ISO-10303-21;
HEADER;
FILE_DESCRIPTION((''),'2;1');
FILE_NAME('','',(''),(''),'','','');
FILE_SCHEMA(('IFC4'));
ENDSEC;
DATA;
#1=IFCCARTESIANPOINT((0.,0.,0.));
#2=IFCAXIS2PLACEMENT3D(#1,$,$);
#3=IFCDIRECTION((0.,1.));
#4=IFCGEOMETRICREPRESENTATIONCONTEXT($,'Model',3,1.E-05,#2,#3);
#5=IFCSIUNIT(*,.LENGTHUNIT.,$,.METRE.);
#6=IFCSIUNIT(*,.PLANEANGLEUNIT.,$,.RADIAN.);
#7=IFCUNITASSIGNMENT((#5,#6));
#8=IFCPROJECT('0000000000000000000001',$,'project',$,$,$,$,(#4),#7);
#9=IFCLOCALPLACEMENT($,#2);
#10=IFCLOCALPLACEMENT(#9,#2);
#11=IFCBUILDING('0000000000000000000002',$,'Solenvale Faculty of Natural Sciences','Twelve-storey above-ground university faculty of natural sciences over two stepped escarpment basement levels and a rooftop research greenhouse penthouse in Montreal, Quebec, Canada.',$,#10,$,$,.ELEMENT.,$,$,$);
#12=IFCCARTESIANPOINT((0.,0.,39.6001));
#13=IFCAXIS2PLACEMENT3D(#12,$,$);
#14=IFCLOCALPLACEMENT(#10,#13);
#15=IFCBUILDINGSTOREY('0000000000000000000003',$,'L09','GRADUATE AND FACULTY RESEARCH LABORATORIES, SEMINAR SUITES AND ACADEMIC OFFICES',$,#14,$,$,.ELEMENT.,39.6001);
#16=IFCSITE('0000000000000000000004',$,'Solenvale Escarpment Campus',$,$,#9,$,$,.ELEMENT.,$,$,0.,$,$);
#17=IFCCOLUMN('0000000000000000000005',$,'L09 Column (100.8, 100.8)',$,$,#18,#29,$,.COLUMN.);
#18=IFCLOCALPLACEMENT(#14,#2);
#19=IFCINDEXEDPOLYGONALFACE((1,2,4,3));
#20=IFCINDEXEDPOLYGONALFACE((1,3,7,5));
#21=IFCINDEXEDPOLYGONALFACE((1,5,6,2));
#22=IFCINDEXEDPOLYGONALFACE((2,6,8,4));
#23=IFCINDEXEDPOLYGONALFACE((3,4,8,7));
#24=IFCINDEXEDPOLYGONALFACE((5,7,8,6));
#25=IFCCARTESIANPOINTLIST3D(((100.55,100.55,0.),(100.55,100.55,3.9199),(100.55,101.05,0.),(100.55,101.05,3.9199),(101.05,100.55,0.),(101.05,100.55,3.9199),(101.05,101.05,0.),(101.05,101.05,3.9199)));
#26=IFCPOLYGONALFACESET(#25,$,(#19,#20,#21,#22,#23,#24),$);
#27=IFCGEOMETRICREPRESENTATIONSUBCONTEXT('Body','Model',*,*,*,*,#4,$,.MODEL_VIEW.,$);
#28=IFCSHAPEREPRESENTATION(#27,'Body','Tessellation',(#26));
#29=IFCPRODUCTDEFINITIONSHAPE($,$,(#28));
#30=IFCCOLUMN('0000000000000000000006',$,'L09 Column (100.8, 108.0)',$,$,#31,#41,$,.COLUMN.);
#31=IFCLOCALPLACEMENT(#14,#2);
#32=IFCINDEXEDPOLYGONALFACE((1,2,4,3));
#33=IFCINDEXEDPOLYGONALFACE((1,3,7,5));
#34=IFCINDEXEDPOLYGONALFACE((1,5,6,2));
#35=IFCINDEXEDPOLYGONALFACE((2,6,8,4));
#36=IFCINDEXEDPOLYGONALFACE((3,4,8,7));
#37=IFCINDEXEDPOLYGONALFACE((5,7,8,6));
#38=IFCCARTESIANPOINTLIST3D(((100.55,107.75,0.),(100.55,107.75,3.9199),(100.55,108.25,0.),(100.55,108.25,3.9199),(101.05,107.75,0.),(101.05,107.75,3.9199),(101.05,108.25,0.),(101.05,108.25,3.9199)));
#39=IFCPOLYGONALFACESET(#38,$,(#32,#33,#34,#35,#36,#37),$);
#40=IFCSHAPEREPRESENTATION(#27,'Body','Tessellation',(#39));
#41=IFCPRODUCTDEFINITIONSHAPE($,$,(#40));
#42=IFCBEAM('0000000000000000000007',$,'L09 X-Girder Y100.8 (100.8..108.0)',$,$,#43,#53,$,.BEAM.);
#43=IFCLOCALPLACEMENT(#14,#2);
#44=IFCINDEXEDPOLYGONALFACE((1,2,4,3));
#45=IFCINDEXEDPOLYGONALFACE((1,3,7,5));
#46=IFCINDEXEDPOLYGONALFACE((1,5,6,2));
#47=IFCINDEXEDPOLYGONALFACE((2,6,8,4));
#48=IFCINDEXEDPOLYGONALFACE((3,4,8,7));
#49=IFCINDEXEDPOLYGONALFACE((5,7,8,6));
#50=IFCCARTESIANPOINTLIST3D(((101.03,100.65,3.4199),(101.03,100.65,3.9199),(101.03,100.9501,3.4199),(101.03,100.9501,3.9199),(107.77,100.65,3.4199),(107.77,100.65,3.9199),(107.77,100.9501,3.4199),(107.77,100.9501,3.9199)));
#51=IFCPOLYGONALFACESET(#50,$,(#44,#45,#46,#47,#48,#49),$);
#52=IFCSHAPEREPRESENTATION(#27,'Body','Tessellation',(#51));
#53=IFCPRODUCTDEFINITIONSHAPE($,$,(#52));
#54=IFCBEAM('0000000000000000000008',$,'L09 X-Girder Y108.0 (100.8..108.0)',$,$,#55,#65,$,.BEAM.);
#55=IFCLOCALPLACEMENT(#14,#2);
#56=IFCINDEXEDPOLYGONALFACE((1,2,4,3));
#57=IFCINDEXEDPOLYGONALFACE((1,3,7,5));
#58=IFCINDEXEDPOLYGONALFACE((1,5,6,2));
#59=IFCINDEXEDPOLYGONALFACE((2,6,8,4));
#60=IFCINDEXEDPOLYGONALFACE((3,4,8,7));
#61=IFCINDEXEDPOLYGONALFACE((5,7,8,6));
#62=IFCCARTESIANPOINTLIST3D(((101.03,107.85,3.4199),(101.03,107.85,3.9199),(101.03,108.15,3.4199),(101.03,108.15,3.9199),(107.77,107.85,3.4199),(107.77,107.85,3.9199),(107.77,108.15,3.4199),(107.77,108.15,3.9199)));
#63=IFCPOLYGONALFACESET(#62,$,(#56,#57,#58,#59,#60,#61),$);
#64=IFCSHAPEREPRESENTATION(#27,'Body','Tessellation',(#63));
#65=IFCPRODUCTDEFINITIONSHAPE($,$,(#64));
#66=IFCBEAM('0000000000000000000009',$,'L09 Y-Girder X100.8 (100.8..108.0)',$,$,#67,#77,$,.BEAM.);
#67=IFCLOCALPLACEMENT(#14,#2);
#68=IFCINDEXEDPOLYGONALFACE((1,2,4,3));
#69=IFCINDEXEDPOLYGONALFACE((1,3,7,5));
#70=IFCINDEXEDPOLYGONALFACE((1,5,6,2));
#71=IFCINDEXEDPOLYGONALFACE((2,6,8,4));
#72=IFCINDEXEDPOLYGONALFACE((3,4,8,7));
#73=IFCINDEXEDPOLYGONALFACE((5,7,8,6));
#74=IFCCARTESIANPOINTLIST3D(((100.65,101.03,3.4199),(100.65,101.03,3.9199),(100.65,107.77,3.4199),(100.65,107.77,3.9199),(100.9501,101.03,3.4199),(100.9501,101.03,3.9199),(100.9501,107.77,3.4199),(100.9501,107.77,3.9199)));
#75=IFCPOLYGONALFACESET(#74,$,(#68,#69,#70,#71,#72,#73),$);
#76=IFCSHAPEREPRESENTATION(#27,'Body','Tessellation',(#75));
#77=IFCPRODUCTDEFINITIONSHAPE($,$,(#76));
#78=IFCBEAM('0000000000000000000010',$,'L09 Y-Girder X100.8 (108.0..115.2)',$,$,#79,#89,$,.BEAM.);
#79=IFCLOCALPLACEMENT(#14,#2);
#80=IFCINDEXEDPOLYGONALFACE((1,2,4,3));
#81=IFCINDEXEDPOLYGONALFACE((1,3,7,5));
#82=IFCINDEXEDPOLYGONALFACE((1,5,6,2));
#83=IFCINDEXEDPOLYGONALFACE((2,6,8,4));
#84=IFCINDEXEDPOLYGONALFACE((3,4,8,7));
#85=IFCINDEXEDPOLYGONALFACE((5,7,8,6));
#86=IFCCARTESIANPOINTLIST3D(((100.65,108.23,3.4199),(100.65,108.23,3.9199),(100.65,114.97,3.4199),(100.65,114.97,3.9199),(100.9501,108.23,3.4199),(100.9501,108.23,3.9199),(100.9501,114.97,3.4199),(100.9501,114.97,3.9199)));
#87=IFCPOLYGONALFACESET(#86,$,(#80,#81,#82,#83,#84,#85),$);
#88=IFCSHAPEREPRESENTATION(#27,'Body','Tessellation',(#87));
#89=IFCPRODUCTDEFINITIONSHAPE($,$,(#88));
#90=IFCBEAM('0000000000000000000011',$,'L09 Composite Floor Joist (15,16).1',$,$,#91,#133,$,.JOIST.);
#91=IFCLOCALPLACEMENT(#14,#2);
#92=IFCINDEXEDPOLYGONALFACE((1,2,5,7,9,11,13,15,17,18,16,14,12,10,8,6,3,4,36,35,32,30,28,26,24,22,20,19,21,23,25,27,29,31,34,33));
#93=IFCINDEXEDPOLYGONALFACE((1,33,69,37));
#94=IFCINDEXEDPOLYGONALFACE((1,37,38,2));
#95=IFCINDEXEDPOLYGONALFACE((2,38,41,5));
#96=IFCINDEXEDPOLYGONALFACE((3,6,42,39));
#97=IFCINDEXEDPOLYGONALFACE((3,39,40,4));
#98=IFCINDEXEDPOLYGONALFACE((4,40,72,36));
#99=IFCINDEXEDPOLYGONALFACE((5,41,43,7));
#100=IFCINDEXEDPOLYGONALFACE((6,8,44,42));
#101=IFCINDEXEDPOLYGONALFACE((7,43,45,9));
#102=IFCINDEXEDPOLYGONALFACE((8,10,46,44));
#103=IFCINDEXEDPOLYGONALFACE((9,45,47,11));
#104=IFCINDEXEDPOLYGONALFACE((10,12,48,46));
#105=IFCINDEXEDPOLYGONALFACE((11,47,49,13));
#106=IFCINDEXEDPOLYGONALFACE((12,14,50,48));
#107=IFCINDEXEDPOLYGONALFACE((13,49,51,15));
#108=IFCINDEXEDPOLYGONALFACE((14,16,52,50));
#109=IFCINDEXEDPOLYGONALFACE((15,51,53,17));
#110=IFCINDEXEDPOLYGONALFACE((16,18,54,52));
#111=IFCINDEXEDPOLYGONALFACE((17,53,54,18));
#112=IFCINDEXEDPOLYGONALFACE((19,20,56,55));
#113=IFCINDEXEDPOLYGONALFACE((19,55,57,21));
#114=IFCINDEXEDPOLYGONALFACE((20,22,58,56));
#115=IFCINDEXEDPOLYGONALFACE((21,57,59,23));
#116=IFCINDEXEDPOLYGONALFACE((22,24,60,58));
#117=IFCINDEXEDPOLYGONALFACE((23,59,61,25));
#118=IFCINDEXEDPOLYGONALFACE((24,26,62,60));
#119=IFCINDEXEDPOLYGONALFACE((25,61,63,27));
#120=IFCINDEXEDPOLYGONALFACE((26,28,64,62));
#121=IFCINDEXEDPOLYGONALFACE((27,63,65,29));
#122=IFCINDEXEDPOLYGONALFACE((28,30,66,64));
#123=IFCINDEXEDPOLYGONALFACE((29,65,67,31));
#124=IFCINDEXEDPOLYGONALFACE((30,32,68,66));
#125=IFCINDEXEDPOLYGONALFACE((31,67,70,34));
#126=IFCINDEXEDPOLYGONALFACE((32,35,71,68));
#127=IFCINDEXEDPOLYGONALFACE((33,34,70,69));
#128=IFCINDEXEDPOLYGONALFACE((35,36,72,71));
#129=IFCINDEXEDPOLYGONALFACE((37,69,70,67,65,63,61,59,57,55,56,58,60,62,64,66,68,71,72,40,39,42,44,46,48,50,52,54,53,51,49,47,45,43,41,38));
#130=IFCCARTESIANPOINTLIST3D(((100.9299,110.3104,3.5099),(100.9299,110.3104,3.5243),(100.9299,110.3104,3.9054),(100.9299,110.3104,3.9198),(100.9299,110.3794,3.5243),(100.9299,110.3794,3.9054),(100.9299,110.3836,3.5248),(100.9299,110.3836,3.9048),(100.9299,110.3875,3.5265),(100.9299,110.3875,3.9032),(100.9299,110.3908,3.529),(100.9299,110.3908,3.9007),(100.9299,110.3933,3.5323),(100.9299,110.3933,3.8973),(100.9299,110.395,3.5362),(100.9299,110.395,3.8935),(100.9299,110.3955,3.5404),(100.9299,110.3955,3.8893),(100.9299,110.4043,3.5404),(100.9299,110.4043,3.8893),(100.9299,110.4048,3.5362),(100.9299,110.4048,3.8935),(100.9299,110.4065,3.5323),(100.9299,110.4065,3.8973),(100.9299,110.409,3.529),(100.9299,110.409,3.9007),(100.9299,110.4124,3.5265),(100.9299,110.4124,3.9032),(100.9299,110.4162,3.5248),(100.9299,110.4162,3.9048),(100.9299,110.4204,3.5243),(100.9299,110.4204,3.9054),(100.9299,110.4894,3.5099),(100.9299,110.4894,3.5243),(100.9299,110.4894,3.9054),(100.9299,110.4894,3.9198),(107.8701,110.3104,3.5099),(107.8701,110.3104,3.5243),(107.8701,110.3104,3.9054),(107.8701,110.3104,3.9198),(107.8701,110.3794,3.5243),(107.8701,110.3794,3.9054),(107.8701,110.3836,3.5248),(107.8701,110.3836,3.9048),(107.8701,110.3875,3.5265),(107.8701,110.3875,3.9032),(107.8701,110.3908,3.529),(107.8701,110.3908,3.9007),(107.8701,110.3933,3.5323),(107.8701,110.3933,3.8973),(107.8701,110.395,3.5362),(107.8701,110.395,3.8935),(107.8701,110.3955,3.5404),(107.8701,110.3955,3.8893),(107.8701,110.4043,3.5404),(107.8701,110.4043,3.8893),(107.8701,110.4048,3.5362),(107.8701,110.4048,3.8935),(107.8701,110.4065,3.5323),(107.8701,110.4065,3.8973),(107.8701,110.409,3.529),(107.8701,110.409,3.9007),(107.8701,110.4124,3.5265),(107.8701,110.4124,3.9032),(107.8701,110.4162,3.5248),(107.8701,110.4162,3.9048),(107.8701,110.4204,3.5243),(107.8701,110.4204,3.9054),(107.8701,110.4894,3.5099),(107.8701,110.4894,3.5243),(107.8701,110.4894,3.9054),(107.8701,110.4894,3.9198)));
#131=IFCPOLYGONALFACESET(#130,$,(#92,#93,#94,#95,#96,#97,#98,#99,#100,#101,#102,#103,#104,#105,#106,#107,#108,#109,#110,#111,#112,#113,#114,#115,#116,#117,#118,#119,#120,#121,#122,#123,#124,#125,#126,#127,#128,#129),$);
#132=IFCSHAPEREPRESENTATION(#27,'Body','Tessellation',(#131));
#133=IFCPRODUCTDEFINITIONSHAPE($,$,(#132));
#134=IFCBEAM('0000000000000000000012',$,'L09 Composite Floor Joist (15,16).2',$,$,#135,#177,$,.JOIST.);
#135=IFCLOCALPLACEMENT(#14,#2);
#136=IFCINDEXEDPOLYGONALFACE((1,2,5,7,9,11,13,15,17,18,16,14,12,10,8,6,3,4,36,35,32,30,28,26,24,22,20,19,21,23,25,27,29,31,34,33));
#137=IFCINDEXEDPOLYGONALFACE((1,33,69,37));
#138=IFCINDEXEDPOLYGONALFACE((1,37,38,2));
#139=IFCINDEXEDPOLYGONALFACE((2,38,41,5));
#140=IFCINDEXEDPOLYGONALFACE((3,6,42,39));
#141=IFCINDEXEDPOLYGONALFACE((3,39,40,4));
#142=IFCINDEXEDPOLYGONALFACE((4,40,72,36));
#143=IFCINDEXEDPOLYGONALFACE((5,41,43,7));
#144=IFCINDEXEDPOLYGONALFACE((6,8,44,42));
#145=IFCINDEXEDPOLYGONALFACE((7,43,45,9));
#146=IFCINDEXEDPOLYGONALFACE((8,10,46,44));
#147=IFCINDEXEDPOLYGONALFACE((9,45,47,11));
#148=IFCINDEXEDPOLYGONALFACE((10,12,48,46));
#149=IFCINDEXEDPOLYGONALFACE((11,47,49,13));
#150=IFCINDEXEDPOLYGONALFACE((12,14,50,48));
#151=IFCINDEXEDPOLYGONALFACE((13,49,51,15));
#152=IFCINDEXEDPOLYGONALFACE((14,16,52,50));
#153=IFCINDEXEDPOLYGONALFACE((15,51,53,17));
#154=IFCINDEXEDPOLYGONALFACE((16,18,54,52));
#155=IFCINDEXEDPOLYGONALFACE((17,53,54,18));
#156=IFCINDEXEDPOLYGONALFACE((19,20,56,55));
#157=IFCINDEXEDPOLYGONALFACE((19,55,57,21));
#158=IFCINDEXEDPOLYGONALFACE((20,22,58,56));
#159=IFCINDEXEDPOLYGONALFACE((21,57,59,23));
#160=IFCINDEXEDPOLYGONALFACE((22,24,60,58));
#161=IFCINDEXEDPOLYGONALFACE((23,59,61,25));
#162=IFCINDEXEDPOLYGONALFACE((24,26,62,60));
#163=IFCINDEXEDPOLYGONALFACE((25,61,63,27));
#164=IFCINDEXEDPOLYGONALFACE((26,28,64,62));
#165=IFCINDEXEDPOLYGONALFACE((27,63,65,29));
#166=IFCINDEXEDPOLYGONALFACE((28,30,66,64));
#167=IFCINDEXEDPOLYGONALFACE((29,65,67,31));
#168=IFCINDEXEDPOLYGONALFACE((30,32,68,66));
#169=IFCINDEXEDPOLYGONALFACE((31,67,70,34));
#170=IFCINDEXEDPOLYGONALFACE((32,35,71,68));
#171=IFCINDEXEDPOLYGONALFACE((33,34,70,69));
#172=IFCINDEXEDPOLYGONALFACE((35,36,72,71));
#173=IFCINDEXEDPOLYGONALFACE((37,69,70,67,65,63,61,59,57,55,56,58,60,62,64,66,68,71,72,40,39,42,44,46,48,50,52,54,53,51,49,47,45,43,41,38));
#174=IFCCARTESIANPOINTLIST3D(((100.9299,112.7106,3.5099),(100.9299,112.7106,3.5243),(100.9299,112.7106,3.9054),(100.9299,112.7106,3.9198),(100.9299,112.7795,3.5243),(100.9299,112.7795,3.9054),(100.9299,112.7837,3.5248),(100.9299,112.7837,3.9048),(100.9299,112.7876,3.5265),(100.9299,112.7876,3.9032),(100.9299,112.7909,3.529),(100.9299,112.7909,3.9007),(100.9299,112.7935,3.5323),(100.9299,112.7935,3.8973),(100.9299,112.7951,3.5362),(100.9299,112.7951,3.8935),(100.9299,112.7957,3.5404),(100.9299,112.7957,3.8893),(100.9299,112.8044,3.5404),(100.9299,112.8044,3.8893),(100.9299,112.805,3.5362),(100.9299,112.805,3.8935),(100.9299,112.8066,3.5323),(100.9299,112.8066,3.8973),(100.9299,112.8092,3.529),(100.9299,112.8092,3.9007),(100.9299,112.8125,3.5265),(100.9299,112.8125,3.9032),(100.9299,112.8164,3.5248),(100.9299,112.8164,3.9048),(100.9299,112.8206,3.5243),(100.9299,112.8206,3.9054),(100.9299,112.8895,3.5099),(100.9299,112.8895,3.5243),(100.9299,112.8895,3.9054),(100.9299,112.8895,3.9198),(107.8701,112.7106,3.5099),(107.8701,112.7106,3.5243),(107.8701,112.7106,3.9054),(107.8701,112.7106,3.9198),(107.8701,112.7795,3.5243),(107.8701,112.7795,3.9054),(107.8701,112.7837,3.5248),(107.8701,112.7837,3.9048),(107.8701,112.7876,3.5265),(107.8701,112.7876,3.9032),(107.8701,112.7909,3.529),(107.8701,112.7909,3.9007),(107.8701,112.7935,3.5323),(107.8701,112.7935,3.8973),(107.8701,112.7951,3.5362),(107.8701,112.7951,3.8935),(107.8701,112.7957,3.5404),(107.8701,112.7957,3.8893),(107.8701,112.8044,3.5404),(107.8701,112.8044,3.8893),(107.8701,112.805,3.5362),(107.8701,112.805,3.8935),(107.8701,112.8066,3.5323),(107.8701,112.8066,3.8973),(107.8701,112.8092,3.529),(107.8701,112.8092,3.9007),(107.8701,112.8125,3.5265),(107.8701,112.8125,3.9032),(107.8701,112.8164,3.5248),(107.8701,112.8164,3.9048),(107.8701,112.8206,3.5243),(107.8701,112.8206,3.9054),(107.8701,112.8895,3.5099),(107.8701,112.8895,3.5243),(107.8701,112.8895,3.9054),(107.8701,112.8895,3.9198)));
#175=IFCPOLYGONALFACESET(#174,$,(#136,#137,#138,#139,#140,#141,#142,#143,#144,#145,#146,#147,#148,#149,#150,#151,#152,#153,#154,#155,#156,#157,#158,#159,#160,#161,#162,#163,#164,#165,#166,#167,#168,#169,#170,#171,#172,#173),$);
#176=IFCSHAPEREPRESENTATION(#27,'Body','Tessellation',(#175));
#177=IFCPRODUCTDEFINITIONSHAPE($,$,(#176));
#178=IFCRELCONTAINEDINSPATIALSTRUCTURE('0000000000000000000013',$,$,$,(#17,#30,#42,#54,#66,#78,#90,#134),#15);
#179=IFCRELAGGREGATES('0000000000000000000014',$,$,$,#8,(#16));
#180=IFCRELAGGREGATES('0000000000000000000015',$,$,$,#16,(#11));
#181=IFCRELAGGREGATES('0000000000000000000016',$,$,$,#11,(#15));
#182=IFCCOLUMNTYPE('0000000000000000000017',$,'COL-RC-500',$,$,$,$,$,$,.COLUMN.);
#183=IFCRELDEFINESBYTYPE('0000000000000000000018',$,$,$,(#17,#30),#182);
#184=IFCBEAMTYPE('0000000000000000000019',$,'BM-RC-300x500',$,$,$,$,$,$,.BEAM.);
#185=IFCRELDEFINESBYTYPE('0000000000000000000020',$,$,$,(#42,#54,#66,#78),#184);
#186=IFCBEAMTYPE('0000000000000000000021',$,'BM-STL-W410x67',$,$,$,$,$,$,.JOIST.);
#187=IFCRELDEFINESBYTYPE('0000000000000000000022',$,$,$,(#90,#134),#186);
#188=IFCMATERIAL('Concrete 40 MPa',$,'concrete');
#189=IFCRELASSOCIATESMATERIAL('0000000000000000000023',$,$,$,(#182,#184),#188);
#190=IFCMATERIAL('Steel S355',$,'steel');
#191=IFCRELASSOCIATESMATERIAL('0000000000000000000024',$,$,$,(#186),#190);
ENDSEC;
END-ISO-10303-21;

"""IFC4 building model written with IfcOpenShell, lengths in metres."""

from ifc_helpers import new_model, si_unit, direction, frame, origin, origin_2d, place, context, subcontext, project, spatial, rectangle, i_section, extrude, material, material_profile, profile_set, type_object, element, save


model = new_model("IFC4")

# Units and contexts
model_context = context("Model", 3, precision=1e-05, world=origin(), true_north=direction((0.0, 1.0)))
body_context = subcontext(model_context, "Body", "Model", "MODEL_VIEW")
ifc_project = project(units=[si_unit("LENGTHUNIT", "METRE"), si_unit("PLANEANGLEUNIT", "RADIAN")], contexts=[model_context])

# Site, building, storey
site_placement = place(None, origin())
site = spatial("IfcSite", under=ifc_project, at=site_placement, Name="Solenvale Escarpment Campus", CompositionType="ELEMENT", RefElevation=0.0)
building_placement = place(site_placement, origin())
building = spatial("IfcBuilding", under=site, at=building_placement, Name="Solenvale Faculty of Natural Sciences", Description="Twelve-storey above-ground university faculty of natural sciences over two stepped escarpment basement levels and a rooftop research greenhouse penthouse in Montreal, Quebec, Canada.", CompositionType="ELEMENT")
storey_placement = place(building_placement, frame((0.0, 0.0, 39.6001)))
storey = spatial("IfcBuildingStorey", under=building, at=storey_placement, Name="L09", Description="GRADUATE AND FACULTY RESEARCH LABORATORIES, SEMINAR SUITES AND ACADEMIC OFFICES", CompositionType="ELEMENT", Elevation=39.6001)

# Columns
ifc_material_1 = material(Name="Concrete 40 MPa", Category="concrete")
ifc_material_profile_1 = material_profile(ifc_material_1, rectangle(XDim=0.5, YDim=0.5, at=origin_2d()), Name="RC-COL-500x500")
ifc_profile_set_1 = profile_set([ifc_material_profile_1], Name="Concrete 40 MPa")
column_type = type_object("IfcColumnType", Name="COL-RC-500", PredefinedType="COLUMN", material=ifc_profile_set_1)
for number, where, z_axis, x_axis, name in (
    (1, (100.8, 100.8, 0.0), (0.0, 0.0, 1.0), (1.0, 0.0, 0.0), "L09 Column (100.8, 100.8)"),
    (2, (100.8, 108.0, 0.0), (0.0, 0.0, 1.0), (1.0, 0.0, 0.0), "L09 Column (100.8, 108.0)"),
):
    element("IfcColumn", number, at=place(storey_placement, frame(where, z_axis=z_axis, x_axis=x_axis)), inside=storey, type_object=column_type, Name=name, PredefinedType="COLUMN", context=body_context, shape_type="SweptSolid", body=[
        extrude(rectangle(XDim=0.5, YDim=0.5, at=origin_2d()), origin(), (0.0, 0.0, 1.0), 3.9199),
    ])

# Beams
ifc_material_profile_2 = material_profile(ifc_material_1, rectangle(XDim=0.3, YDim=0.5, at=origin_2d()), Name="RC-BM-300x500")
ifc_profile_set_2 = profile_set([ifc_material_profile_2], Name="Concrete 40 MPa")
beam_type_1 = type_object("IfcBeamType", Name="BM-RC-300x500", PredefinedType="BEAM", material=ifc_profile_set_2)
for number, where, z_axis, x_axis, name in (
    (3, (101.03, 100.8, 3.6699), (1.0, 0.0, 0.0), (0.0, 1.0, 0.0), "L09 X-Girder Y100.8 (100.8..108.0)"),
    (4, (101.03, 108.0, 3.6699), (1.0, 0.0, 0.0), (0.0, 1.0, 0.0), "L09 X-Girder Y108.0 (100.8..108.0)"),
    (5, (100.8, 101.03, 3.6699), (0.0, 1.0, 0.0), (-1.0, 0.0, 0.0), "L09 Y-Girder X100.8 (100.8..108.0)"),
    (6, (100.8, 108.23, 3.6699), (0.0, 1.0, 0.0), (-1.0, 0.0, 0.0), "L09 Y-Girder X100.8 (108.0..115.2)"),
):
    element("IfcBeam", number, at=place(storey_placement, frame(where, z_axis=z_axis, x_axis=x_axis)), inside=storey, type_object=beam_type_1, Name=name, PredefinedType="BEAM", context=body_context, shape_type="SweptSolid", body=[
        extrude(rectangle(XDim=0.3, YDim=0.5, at=origin_2d()), origin(), (0.0, 0.0, 1.0), 6.74),
    ])
ifc_material_2 = material(Name="Steel S355", Category="steel")
ifc_material_profile_3 = material_profile(ifc_material_2, i_section(OverallWidth=0.179, OverallDepth=0.4099, WebThickness=0.0088, FlangeThickness=0.0144, FilletRadius=0.0161, at=origin_2d()), Name="W410x67")
ifc_profile_set_3 = profile_set([ifc_material_profile_3], Name="Steel S355")
beam_type_2 = type_object("IfcBeamType", Name="BM-STL-W410x67", PredefinedType="JOIST", material=ifc_profile_set_3)
for number, where, z_axis, x_axis, name in (
    (7, (100.9299, 110.3999, 3.7148), (1.0, 0.0, 0.0), (0.0, 1.0, 0.0), "L09 Composite Floor Joist (15,16).1"),
    (8, (100.9299, 112.8, 3.7148), (1.0, 0.0, 0.0), (0.0, 1.0, 0.0), "L09 Composite Floor Joist (15,16).2"),
):
    element("IfcBeam", number, at=place(storey_placement, frame(where, z_axis=z_axis, x_axis=x_axis)), inside=storey, type_object=beam_type_2, Name=name, PredefinedType="JOIST", context=body_context, shape_type="SweptSolid", body=[
        extrude(i_section(OverallWidth=0.179, OverallDepth=0.4099, WebThickness=0.0088, FlangeThickness=0.0144, FilletRadius=0.0161, at=origin_2d()), origin(), (0.0, 0.0, 1.0), 6.9402),
    ])

save(model, "model.ifc")
